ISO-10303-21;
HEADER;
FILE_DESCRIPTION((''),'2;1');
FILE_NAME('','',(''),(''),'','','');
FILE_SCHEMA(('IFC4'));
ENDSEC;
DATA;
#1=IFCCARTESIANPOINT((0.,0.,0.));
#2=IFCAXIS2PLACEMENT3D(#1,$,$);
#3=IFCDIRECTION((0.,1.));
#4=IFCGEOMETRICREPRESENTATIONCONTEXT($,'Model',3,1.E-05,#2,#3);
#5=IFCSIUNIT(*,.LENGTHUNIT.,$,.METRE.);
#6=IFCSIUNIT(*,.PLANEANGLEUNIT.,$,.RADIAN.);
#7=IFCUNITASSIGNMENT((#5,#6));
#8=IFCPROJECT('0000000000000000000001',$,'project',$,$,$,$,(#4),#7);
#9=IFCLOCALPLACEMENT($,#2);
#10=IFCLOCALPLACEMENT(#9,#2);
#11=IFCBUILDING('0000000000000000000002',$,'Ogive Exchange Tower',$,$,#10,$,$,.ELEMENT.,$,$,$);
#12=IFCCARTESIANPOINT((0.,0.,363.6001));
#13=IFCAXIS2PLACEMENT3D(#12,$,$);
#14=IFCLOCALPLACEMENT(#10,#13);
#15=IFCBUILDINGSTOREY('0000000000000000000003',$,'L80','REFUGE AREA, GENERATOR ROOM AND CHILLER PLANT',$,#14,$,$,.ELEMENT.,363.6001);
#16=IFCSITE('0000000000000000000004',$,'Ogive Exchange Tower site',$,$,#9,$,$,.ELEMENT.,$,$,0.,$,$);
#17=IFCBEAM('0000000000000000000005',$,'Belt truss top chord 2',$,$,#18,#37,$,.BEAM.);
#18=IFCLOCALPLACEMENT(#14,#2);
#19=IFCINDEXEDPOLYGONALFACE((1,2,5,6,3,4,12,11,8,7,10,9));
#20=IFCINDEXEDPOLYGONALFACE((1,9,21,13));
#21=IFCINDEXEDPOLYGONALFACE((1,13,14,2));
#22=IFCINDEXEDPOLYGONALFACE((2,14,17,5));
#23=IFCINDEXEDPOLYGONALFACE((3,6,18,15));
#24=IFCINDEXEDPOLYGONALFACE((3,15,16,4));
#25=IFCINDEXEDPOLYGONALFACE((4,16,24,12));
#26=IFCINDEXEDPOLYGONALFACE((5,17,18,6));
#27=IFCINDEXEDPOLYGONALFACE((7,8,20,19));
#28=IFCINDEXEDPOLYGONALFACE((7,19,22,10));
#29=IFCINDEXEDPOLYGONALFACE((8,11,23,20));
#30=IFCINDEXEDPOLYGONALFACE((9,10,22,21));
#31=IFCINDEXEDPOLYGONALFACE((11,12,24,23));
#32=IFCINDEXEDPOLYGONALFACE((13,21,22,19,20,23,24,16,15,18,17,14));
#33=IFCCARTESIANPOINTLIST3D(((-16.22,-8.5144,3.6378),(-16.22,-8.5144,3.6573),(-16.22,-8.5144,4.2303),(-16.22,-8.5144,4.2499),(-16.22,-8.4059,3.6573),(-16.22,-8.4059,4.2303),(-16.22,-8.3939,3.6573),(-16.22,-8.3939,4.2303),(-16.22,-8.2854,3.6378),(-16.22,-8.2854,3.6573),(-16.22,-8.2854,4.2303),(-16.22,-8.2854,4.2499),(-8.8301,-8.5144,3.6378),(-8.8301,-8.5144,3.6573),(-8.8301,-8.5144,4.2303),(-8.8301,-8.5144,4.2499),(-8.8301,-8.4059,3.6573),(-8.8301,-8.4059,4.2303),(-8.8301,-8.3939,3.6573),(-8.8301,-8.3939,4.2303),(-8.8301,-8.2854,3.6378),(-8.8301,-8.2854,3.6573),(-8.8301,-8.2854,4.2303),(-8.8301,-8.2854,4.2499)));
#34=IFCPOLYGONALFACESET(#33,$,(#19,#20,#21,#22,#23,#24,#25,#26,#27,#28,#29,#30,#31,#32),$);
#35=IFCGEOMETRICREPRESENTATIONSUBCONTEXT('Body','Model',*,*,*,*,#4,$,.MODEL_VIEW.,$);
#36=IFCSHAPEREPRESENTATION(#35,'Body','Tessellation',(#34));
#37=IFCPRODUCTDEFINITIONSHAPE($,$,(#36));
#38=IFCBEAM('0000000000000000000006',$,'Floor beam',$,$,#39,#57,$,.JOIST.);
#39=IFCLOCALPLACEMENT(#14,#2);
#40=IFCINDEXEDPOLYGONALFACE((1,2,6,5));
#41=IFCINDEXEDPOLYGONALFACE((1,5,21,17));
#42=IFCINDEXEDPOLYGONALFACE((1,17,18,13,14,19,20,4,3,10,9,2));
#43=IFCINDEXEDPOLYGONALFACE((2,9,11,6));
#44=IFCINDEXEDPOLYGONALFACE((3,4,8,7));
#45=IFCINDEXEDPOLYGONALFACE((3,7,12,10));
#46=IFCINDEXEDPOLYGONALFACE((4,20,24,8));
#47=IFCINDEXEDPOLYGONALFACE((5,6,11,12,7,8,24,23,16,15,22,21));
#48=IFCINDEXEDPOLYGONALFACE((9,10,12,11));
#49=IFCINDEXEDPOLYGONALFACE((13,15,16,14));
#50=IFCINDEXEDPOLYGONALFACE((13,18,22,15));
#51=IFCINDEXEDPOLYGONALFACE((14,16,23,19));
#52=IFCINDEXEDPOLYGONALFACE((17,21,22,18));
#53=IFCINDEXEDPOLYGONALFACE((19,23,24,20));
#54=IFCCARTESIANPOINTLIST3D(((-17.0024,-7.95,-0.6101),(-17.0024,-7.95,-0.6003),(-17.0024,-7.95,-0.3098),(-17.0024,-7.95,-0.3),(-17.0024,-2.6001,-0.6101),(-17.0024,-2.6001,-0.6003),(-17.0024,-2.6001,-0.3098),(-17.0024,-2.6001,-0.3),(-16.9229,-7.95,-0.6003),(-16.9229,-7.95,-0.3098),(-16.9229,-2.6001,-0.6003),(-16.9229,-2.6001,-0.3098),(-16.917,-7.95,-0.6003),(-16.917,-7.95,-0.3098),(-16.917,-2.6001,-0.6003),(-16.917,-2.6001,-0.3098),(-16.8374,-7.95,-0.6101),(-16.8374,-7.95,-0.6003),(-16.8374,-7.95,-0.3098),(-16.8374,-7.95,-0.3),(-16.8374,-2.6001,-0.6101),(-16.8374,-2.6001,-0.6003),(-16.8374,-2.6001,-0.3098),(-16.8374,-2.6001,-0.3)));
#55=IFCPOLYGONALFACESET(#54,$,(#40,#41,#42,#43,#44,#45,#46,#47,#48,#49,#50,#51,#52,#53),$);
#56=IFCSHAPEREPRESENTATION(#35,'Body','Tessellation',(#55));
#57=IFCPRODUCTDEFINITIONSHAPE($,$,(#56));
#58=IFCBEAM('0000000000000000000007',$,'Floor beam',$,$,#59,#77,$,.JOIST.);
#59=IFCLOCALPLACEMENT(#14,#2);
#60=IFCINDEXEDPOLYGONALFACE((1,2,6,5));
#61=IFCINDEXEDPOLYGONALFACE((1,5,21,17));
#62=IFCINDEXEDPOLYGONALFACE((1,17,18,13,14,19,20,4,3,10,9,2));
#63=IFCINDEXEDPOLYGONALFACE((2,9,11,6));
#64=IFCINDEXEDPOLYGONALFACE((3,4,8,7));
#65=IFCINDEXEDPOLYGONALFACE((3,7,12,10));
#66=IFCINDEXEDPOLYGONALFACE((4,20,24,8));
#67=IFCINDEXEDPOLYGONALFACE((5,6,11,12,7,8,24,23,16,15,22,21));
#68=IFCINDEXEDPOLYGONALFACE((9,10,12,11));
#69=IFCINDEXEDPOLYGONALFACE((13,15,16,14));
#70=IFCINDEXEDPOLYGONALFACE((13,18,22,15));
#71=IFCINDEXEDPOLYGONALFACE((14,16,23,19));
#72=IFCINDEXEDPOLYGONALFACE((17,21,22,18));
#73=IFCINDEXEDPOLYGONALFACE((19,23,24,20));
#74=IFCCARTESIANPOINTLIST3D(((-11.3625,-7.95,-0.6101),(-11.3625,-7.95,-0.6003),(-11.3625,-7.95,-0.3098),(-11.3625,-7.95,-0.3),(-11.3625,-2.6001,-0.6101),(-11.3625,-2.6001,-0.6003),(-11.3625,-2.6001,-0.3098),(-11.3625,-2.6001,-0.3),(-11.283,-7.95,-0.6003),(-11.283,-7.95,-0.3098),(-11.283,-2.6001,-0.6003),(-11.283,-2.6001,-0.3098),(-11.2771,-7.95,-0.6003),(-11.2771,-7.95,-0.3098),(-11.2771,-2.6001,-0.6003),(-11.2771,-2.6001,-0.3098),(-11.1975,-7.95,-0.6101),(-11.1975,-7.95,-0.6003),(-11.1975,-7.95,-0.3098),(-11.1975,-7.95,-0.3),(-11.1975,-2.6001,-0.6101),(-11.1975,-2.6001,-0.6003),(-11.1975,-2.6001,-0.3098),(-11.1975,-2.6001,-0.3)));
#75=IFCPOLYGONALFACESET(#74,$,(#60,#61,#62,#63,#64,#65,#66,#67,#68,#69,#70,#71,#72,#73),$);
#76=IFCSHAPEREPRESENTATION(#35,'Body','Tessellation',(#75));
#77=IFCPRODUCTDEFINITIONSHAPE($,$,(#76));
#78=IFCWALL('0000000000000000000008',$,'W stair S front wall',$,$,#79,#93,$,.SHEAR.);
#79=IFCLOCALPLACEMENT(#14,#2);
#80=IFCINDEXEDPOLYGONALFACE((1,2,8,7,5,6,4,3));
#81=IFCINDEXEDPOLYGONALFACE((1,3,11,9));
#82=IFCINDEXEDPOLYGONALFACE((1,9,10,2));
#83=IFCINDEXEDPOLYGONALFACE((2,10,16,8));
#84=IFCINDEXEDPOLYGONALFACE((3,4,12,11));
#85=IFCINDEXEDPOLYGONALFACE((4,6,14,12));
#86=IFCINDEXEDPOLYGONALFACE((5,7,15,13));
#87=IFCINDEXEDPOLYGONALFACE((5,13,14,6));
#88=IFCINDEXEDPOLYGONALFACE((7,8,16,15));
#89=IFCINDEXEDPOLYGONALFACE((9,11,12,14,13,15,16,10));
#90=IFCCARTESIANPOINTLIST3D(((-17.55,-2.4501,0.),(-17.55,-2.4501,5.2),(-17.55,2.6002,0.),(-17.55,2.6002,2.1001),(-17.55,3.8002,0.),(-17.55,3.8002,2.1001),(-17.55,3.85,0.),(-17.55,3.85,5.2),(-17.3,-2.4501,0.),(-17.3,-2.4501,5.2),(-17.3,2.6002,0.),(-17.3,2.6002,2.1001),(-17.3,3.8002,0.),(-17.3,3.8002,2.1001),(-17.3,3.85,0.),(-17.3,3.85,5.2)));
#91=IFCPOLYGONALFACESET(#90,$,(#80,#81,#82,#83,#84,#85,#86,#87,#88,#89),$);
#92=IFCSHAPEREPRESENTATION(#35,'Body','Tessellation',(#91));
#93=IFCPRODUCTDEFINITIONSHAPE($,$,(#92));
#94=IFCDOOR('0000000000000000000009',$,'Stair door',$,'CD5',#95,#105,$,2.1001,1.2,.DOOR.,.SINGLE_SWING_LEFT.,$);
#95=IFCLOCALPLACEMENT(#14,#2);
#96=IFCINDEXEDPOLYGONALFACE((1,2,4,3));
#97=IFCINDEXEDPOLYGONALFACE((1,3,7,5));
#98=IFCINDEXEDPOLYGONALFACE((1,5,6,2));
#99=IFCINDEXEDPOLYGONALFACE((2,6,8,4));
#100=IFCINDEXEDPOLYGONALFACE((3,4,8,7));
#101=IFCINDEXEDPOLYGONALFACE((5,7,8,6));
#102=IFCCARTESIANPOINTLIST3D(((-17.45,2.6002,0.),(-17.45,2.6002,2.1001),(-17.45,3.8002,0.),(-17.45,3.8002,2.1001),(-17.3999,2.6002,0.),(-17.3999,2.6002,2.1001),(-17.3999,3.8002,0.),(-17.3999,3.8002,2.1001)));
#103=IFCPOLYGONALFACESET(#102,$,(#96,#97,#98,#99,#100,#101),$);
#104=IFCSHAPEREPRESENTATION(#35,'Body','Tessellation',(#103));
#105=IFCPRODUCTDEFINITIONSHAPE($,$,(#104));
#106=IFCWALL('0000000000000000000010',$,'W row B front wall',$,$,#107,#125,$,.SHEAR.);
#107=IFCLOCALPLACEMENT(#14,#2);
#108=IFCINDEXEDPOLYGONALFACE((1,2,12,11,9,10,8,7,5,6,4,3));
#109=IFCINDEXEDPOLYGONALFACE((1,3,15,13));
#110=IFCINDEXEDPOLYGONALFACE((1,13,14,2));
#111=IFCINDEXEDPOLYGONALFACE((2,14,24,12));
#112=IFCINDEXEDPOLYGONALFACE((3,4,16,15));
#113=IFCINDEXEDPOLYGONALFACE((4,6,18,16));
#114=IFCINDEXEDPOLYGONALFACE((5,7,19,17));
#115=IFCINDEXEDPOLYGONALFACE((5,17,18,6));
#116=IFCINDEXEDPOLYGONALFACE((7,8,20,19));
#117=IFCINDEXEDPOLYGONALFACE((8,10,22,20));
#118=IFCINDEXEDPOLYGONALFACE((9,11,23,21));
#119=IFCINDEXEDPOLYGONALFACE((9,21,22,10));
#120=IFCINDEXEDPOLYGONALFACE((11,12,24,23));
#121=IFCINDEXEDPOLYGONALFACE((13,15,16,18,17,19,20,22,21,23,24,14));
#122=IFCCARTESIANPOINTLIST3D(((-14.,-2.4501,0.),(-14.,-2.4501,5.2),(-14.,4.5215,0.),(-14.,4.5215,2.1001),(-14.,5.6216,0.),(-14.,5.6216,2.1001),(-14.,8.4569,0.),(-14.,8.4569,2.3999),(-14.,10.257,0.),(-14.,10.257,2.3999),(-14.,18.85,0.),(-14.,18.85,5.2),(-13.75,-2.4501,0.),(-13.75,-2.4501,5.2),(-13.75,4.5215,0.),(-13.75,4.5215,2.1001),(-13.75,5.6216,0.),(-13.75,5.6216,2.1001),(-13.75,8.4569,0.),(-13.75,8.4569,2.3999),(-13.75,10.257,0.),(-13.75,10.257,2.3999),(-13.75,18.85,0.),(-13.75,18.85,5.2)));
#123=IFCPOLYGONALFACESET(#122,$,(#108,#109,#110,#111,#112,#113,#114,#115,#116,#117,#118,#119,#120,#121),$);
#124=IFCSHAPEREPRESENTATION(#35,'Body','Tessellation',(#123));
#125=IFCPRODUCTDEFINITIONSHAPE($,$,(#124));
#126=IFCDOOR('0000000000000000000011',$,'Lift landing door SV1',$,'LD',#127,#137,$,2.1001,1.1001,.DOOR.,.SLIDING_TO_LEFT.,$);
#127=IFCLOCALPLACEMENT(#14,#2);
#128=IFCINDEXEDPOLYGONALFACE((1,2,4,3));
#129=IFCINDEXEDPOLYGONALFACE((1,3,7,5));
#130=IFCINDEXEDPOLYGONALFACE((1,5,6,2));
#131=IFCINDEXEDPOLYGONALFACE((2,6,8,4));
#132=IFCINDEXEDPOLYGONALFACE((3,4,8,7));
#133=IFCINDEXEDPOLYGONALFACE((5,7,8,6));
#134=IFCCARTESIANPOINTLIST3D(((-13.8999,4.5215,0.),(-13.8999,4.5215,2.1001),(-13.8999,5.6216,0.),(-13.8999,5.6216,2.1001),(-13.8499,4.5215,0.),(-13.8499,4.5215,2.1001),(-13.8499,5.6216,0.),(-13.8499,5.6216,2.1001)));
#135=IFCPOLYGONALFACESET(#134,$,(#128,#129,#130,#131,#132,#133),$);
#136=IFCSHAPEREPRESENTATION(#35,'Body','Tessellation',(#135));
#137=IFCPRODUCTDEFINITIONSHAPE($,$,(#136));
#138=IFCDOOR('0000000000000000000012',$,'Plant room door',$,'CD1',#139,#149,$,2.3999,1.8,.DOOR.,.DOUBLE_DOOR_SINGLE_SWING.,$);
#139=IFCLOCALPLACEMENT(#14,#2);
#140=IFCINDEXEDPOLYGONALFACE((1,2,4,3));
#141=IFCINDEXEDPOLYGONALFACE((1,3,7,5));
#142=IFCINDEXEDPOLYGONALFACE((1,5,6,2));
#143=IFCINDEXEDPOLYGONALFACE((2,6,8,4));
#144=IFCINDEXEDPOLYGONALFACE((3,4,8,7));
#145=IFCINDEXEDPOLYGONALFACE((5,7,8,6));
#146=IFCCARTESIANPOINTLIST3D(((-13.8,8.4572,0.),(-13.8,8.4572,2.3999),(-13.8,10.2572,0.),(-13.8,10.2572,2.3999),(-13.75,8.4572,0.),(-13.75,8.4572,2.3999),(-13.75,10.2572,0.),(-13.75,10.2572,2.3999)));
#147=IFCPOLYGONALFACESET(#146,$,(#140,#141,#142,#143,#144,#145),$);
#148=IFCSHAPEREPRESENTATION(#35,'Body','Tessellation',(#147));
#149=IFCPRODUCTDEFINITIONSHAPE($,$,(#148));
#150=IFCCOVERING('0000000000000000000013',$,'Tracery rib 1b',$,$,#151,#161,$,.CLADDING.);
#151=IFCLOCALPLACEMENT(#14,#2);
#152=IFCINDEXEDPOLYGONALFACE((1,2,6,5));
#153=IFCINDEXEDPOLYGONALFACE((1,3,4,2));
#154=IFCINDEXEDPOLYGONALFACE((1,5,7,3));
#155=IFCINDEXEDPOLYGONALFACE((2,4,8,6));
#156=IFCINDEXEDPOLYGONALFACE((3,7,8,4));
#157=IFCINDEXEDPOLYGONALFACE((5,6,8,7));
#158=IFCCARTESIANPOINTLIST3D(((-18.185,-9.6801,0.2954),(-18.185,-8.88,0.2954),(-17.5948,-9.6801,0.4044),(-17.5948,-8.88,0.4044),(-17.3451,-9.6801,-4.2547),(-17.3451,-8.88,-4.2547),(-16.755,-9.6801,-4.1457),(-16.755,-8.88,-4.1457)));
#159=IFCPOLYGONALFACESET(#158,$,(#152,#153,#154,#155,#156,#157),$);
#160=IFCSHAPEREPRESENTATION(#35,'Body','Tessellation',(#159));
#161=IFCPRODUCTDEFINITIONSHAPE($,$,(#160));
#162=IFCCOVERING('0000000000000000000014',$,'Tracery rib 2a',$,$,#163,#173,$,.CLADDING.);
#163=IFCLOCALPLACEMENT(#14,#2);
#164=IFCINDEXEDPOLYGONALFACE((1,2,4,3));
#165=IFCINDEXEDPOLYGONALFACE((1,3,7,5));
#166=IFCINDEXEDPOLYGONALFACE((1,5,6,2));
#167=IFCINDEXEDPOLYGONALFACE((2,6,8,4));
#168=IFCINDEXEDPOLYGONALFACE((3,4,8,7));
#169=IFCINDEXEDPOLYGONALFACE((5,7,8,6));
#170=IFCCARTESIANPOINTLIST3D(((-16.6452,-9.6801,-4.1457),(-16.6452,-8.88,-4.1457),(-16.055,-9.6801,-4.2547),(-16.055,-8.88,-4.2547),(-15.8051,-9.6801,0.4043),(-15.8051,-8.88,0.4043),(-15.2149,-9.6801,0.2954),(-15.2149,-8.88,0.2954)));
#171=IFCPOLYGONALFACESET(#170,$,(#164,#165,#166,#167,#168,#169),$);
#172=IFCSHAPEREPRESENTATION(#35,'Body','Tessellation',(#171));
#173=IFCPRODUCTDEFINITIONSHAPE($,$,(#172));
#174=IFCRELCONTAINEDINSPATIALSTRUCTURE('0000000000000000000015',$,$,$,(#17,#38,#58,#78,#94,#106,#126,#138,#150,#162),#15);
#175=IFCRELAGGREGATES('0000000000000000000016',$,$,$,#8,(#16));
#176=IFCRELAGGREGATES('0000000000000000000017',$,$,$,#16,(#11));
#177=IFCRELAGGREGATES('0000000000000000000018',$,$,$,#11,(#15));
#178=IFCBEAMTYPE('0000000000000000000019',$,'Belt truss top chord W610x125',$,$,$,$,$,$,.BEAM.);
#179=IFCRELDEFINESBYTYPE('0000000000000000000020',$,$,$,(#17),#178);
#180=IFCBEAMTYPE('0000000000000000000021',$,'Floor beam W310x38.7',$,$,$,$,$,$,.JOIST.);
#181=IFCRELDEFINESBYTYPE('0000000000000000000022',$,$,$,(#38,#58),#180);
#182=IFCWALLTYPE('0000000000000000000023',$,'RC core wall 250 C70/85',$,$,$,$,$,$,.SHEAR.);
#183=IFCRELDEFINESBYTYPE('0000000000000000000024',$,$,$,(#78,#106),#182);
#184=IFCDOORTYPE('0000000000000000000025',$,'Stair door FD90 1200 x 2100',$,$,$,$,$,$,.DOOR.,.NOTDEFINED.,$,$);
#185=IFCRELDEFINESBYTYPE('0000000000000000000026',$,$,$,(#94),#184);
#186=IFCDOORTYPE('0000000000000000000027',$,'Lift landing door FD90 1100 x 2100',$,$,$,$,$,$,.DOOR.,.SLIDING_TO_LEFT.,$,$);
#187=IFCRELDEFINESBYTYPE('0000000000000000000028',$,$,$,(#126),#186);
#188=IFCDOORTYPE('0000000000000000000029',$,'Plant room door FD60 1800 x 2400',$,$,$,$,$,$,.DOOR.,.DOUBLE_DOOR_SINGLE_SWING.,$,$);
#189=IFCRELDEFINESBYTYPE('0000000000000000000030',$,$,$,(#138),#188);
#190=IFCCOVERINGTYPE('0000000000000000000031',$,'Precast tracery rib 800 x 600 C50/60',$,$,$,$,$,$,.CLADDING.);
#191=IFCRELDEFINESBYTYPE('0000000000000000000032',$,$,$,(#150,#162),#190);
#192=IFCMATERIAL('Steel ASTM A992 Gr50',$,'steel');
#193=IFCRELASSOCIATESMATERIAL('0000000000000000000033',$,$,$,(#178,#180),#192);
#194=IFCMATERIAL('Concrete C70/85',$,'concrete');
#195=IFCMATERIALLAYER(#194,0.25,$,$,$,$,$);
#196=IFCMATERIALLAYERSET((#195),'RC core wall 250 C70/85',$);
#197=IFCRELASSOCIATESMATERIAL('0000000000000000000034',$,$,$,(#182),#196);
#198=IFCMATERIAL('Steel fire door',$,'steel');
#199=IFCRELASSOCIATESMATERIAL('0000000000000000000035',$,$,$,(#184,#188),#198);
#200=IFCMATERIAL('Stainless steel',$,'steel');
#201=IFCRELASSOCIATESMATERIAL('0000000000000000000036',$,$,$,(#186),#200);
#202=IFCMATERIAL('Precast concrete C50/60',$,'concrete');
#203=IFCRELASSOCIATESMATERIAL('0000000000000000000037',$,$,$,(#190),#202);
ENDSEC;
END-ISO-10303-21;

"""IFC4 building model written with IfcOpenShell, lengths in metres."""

from ifc_helpers import new_model, si_unit, direction, frame, frame_2d, origin, origin_2d, place, context, subcontext, project, spatial, rectangle, i_section, extrude, material, layer, layer_set, material_profile, profile_set, type_object, element, fill, save


model = new_model("IFC4")

# Units and contexts
model_context = context("Model", 3, precision=1e-05, world=origin(), true_north=direction((0.0, 1.0)))
body_context = subcontext(model_context, "Body", "Model", "MODEL_VIEW")
ifc_project = project(units=[si_unit("LENGTHUNIT", "METRE"), si_unit("PLANEANGLEUNIT", "RADIAN")], contexts=[model_context])

# Site, building, storey
site_placement = place(None, origin())
site = spatial("IfcSite", under=ifc_project, at=site_placement, Name="Ogive Exchange Tower site", CompositionType="ELEMENT", RefElevation=0.0)
building_placement = place(site_placement, origin())
building = spatial("IfcBuilding", under=site, at=building_placement, Name="Ogive Exchange Tower", CompositionType="ELEMENT")
storey_placement = place(building_placement, frame((0.0, 0.0, 363.6001)))
storey = spatial("IfcBuildingStorey", under=building, at=storey_placement, Name="L80", Description="REFUGE AREA, GENERATOR ROOM AND CHILLER PLANT", CompositionType="ELEMENT", Elevation=363.6001)

# Shared definitions
ifc_material_1 = material(Name="Steel ASTM A992 Gr50", Category="steel")

# Beams
ifc_material_profile_1 = material_profile(ifc_material_1, i_section(OverallWidth=0.229, OverallDepth=0.6121, WebThickness=0.012, FlangeThickness=0.0195, at=origin_2d()), Name="W610x125")
ifc_profile_set_1 = profile_set([ifc_material_profile_1], Name="Steel ASTM A992 Gr50")
beam_type_1 = type_object("IfcBeamType", Name="Belt truss top chord W610x125", PredefinedType="BEAM", material=ifc_profile_set_1)
beam_1_placement = place(storey_placement, frame((-16.22, -8.3999, 3.9438), z_axis=(1.0, 0.0, 0.0), x_axis=(0.0, 1.0, 0.0)))
element("IfcBeam", 1, at=beam_1_placement, inside=storey, type_object=beam_type_1, Name="Belt truss top chord 2", PredefinedType="BEAM", context=body_context, shape_type="SweptSolid", body=[
    extrude(i_section(OverallWidth=0.229, OverallDepth=0.6121, WebThickness=0.012, FlangeThickness=0.0195, at=origin_2d()), origin(), (0.0, 0.0, 1.0), 7.3899),
])
ifc_material_profile_2 = material_profile(ifc_material_1, i_section(OverallWidth=0.165, OverallDepth=0.3101, WebThickness=0.0059, FlangeThickness=0.0098, at=origin_2d()), Name="W310x38.7")
ifc_profile_set_2 = profile_set([ifc_material_profile_2], Name="Steel ASTM A992 Gr50")
beam_type_2 = type_object("IfcBeamType", Name="Floor beam W310x38.7", PredefinedType="JOIST", material=ifc_profile_set_2)
for number, where, z_axis, x_axis, name in (
    (2, (-16.9199, -7.95, -0.4551), (0.0, 1.0, 0.0), (-1.0, 0.0, 0.0), "Floor beam"),
    (3, (-11.28, -7.95, -0.4551), (0.0, 1.0, 0.0), (-1.0, 0.0, 0.0), "Floor beam"),
):
    element("IfcBeam", number, at=place(storey_placement, frame(where, z_axis=z_axis, x_axis=x_axis)), inside=storey, type_object=beam_type_2, Name=name, PredefinedType="JOIST", context=body_context, shape_type="SweptSolid", body=[
        extrude(i_section(OverallWidth=0.165, OverallDepth=0.3101, WebThickness=0.0059, FlangeThickness=0.0098, at=origin_2d()), origin(), (0.0, 0.0, 1.0), 5.3499),
    ])

# Wall, opening, door
ifc_material_2 = material(Name="Concrete C70/85", Category="concrete")
ifc_layer_1 = layer(ifc_material_2, 0.25)
ifc_layer_set_1 = layer_set([ifc_layer_1], Name="RC core wall 250 C70/85")
wall_type_1 = type_object("IfcWallType", Name="RC core wall 250 C70/85", PredefinedType="SHEAR", material=ifc_layer_set_1)
wall_1_placement = place(storey_placement, frame((-17.425, -2.45, 0.0), z_axis=(0.0, 0.0, 1.0), x_axis=(0.0, 1.0, 0.0)))
wall_1 = element("IfcWall", 4, at=wall_1_placement, inside=storey, type_object=wall_type_1, Name="W stair S front wall", PredefinedType="SHEAR", context=body_context, shape_type="SweptSolid", body=[
    extrude(rectangle(XDim=6.3, YDim=0.25, at=frame_2d((3.1499, 0.0))), origin(), (0.0, 0.0, 1.0), 5.2),
])
opening_1_placement = place(wall_1_placement, frame((5.05, 0.0, 0.0)))
opening_1 = element("IfcOpeningElement", 5, at=opening_1_placement, cuts=wall_1, PredefinedType="OPENING", context=body_context, shape_type="SweptSolid", body=[
    extrude(rectangle(XDim=1.2, YDim=2.1001, at=frame_2d((0.6001, 1.05))), frame((0.0, 0.135, 0.0), z_axis=(0.0, -1.0, 0.0), x_axis=(1.0, 0.0, 0.0)), (0.0, 0.0, 1.0), 0.27),
])
ifc_material_3 = material(Name="Steel fire door", Category="steel")
door_type_1 = type_object("IfcDoorType", Name="Stair door FD90 1200 x 2100", OperationType="NOTDEFINED", PredefinedType="DOOR", material=ifc_material_3)
door_1_placement = place(opening_1_placement, origin())
door_1 = element("IfcDoor", 6, at=door_1_placement, inside=storey, type_object=door_type_1, Name="Stair door", ObjectType="CD5", OperationType="SINGLE_SWING_LEFT", OverallHeight=2.1001, OverallWidth=1.2, PredefinedType="DOOR", context=body_context, shape_type="SweptSolid", body=[
    extrude(rectangle(XDim=1.2, YDim=2.1001, at=frame_2d((0.6001, 1.05))), frame((0.0, 0.0249, 0.0), z_axis=(0.0, -1.0, 0.0), x_axis=(1.0, 0.0, 0.0)), (0.0, 0.0, 1.0), 0.05),
])
fill(opening_1, door_1)

# Wall, openings, doors
wall_2_placement = place(storey_placement, frame((-13.875, -2.45, 0.0), z_axis=(0.0, 0.0, 1.0), x_axis=(0.0, 1.0, 0.0)))
wall_2 = element("IfcWall", 7, at=wall_2_placement, inside=storey, type_object=wall_type_1, Name="W row B front wall", PredefinedType="SHEAR", context=body_context, shape_type="SweptSolid", body=[
    extrude(rectangle(XDim=21.3, YDim=0.25, at=frame_2d((10.6499, 0.0))), origin(), (0.0, 0.0, 1.0), 5.2),
])
opening_2_placement = place(wall_2_placement, frame((10.907, 0.0, 0.0)))
opening_2 = element("IfcOpeningElement", 8, at=opening_2_placement, cuts=wall_2, PredefinedType="OPENING", context=body_context, shape_type="SweptSolid", body=[
    extrude(rectangle(XDim=1.8, YDim=2.3999, at=frame_2d((0.8999, 1.2))), frame((0.0, 0.135, 0.0), z_axis=(0.0, -1.0, 0.0), x_axis=(1.0, 0.0, 0.0)), (0.0, 0.0, 1.0), 0.27),
])
opening_3_placement = place(wall_2_placement, frame((6.9714, 0.0, 0.0)))
opening_3 = element("IfcOpeningElement", 9, at=opening_3_placement, cuts=wall_2, PredefinedType="OPENING", context=body_context, shape_type="SweptSolid", body=[
    extrude(rectangle(XDim=1.1001, YDim=2.1001, at=frame_2d((0.55, 1.05))), frame((0.0, 0.135, 0.0), z_axis=(0.0, -1.0, 0.0), x_axis=(1.0, 0.0, 0.0)), (0.0, 0.0, 1.0), 0.27),
])
ifc_material_4 = material(Name="Stainless steel", Category="steel")
door_type_2 = type_object("IfcDoorType", Name="Lift landing door FD90 1100 x 2100", OperationType="SLIDING_TO_LEFT", PredefinedType="DOOR", material=ifc_material_4)
door_2_placement = place(opening_3_placement, origin())
door_2 = element("IfcDoor", 10, at=door_2_placement, inside=storey, type_object=door_type_2, Name="Lift landing door SV1", ObjectType="LD", OperationType="SLIDING_TO_LEFT", OverallHeight=2.1001, OverallWidth=1.1001, PredefinedType="DOOR", context=body_context, shape_type="SweptSolid", body=[
    extrude(rectangle(XDim=1.1001, YDim=2.1001, at=frame_2d((0.55, 1.05))), frame((0.0, 0.0249, 0.0), z_axis=(0.0, -1.0, 0.0), x_axis=(1.0, 0.0, 0.0)), (0.0, 0.0, 1.0), 0.05),
])
fill(opening_3, door_2)
door_type_3 = type_object("IfcDoorType", Name="Plant room door FD60 1800 x 2400", OperationType="DOUBLE_DOOR_SINGLE_SWING", PredefinedType="DOOR", material=ifc_material_3)
door_3_placement = place(opening_2_placement, frame((1.8, -0.2002, 0.0), z_axis=(0.0, 0.0, 1.0), x_axis=(-1.0, 0.0, 0.0)))
door_3 = element("IfcDoor", 11, at=door_3_placement, inside=storey, type_object=door_type_3, Name="Plant room door", ObjectType="CD1", OperationType="DOUBLE_DOOR_SINGLE_SWING", OverallHeight=2.3999, OverallWidth=1.8, PredefinedType="DOOR", context=body_context, shape_type="SweptSolid", body=[
    extrude(rectangle(XDim=1.8, YDim=2.3999, at=frame_2d((0.8999, 1.2))), frame((0.0, -0.0752, 0.0), z_axis=(0.0, -1.0, 0.0), x_axis=(1.0, 0.0, 0.0)), (0.0, 0.0, 1.0), 0.05),
])
fill(opening_2, door_3)

# Coverings
ifc_material_5 = material(Name="Precast concrete C50/60", Category="concrete")
ifc_material_profile_3 = material_profile(ifc_material_5, rectangle(XDim=0.8, YDim=0.6001, at=origin_2d()), Name="RIB 800 x 600")
ifc_profile_set_3 = profile_set([ifc_material_profile_3], Name="Precast concrete C50/60")
covering_type = type_object("IfcCoveringType", Name="Precast tracery rib 800 x 600 C50/60", PredefinedType="CLADDING", material=ifc_profile_set_3)
for number, where, z_axis, x_axis, name in (
    (12, (-17.05, -9.28, -4.2002), (-0.181513, 0.0, 0.983389), (0.0, -1.0, 0.0), "Tracery rib 1b"),
    (13, (-16.3501, -9.28, -4.2002), (0.181564, 0.0, 0.983379), (0.0, 1.0, 0.0), "Tracery rib 2a"),
):
    element("IfcCovering", number, at=place(storey_placement, frame(where, z_axis=z_axis, x_axis=x_axis)), inside=storey, type_object=covering_type, Name=name, PredefinedType="CLADDING", context=body_context, shape_type="SweptSolid", body=[
        extrude(rectangle(XDim=0.8, YDim=0.6001, at=origin_2d()), origin(), (0.0, 0.0, 1.0), 4.627),
    ])

save(model, "model.ifc")
